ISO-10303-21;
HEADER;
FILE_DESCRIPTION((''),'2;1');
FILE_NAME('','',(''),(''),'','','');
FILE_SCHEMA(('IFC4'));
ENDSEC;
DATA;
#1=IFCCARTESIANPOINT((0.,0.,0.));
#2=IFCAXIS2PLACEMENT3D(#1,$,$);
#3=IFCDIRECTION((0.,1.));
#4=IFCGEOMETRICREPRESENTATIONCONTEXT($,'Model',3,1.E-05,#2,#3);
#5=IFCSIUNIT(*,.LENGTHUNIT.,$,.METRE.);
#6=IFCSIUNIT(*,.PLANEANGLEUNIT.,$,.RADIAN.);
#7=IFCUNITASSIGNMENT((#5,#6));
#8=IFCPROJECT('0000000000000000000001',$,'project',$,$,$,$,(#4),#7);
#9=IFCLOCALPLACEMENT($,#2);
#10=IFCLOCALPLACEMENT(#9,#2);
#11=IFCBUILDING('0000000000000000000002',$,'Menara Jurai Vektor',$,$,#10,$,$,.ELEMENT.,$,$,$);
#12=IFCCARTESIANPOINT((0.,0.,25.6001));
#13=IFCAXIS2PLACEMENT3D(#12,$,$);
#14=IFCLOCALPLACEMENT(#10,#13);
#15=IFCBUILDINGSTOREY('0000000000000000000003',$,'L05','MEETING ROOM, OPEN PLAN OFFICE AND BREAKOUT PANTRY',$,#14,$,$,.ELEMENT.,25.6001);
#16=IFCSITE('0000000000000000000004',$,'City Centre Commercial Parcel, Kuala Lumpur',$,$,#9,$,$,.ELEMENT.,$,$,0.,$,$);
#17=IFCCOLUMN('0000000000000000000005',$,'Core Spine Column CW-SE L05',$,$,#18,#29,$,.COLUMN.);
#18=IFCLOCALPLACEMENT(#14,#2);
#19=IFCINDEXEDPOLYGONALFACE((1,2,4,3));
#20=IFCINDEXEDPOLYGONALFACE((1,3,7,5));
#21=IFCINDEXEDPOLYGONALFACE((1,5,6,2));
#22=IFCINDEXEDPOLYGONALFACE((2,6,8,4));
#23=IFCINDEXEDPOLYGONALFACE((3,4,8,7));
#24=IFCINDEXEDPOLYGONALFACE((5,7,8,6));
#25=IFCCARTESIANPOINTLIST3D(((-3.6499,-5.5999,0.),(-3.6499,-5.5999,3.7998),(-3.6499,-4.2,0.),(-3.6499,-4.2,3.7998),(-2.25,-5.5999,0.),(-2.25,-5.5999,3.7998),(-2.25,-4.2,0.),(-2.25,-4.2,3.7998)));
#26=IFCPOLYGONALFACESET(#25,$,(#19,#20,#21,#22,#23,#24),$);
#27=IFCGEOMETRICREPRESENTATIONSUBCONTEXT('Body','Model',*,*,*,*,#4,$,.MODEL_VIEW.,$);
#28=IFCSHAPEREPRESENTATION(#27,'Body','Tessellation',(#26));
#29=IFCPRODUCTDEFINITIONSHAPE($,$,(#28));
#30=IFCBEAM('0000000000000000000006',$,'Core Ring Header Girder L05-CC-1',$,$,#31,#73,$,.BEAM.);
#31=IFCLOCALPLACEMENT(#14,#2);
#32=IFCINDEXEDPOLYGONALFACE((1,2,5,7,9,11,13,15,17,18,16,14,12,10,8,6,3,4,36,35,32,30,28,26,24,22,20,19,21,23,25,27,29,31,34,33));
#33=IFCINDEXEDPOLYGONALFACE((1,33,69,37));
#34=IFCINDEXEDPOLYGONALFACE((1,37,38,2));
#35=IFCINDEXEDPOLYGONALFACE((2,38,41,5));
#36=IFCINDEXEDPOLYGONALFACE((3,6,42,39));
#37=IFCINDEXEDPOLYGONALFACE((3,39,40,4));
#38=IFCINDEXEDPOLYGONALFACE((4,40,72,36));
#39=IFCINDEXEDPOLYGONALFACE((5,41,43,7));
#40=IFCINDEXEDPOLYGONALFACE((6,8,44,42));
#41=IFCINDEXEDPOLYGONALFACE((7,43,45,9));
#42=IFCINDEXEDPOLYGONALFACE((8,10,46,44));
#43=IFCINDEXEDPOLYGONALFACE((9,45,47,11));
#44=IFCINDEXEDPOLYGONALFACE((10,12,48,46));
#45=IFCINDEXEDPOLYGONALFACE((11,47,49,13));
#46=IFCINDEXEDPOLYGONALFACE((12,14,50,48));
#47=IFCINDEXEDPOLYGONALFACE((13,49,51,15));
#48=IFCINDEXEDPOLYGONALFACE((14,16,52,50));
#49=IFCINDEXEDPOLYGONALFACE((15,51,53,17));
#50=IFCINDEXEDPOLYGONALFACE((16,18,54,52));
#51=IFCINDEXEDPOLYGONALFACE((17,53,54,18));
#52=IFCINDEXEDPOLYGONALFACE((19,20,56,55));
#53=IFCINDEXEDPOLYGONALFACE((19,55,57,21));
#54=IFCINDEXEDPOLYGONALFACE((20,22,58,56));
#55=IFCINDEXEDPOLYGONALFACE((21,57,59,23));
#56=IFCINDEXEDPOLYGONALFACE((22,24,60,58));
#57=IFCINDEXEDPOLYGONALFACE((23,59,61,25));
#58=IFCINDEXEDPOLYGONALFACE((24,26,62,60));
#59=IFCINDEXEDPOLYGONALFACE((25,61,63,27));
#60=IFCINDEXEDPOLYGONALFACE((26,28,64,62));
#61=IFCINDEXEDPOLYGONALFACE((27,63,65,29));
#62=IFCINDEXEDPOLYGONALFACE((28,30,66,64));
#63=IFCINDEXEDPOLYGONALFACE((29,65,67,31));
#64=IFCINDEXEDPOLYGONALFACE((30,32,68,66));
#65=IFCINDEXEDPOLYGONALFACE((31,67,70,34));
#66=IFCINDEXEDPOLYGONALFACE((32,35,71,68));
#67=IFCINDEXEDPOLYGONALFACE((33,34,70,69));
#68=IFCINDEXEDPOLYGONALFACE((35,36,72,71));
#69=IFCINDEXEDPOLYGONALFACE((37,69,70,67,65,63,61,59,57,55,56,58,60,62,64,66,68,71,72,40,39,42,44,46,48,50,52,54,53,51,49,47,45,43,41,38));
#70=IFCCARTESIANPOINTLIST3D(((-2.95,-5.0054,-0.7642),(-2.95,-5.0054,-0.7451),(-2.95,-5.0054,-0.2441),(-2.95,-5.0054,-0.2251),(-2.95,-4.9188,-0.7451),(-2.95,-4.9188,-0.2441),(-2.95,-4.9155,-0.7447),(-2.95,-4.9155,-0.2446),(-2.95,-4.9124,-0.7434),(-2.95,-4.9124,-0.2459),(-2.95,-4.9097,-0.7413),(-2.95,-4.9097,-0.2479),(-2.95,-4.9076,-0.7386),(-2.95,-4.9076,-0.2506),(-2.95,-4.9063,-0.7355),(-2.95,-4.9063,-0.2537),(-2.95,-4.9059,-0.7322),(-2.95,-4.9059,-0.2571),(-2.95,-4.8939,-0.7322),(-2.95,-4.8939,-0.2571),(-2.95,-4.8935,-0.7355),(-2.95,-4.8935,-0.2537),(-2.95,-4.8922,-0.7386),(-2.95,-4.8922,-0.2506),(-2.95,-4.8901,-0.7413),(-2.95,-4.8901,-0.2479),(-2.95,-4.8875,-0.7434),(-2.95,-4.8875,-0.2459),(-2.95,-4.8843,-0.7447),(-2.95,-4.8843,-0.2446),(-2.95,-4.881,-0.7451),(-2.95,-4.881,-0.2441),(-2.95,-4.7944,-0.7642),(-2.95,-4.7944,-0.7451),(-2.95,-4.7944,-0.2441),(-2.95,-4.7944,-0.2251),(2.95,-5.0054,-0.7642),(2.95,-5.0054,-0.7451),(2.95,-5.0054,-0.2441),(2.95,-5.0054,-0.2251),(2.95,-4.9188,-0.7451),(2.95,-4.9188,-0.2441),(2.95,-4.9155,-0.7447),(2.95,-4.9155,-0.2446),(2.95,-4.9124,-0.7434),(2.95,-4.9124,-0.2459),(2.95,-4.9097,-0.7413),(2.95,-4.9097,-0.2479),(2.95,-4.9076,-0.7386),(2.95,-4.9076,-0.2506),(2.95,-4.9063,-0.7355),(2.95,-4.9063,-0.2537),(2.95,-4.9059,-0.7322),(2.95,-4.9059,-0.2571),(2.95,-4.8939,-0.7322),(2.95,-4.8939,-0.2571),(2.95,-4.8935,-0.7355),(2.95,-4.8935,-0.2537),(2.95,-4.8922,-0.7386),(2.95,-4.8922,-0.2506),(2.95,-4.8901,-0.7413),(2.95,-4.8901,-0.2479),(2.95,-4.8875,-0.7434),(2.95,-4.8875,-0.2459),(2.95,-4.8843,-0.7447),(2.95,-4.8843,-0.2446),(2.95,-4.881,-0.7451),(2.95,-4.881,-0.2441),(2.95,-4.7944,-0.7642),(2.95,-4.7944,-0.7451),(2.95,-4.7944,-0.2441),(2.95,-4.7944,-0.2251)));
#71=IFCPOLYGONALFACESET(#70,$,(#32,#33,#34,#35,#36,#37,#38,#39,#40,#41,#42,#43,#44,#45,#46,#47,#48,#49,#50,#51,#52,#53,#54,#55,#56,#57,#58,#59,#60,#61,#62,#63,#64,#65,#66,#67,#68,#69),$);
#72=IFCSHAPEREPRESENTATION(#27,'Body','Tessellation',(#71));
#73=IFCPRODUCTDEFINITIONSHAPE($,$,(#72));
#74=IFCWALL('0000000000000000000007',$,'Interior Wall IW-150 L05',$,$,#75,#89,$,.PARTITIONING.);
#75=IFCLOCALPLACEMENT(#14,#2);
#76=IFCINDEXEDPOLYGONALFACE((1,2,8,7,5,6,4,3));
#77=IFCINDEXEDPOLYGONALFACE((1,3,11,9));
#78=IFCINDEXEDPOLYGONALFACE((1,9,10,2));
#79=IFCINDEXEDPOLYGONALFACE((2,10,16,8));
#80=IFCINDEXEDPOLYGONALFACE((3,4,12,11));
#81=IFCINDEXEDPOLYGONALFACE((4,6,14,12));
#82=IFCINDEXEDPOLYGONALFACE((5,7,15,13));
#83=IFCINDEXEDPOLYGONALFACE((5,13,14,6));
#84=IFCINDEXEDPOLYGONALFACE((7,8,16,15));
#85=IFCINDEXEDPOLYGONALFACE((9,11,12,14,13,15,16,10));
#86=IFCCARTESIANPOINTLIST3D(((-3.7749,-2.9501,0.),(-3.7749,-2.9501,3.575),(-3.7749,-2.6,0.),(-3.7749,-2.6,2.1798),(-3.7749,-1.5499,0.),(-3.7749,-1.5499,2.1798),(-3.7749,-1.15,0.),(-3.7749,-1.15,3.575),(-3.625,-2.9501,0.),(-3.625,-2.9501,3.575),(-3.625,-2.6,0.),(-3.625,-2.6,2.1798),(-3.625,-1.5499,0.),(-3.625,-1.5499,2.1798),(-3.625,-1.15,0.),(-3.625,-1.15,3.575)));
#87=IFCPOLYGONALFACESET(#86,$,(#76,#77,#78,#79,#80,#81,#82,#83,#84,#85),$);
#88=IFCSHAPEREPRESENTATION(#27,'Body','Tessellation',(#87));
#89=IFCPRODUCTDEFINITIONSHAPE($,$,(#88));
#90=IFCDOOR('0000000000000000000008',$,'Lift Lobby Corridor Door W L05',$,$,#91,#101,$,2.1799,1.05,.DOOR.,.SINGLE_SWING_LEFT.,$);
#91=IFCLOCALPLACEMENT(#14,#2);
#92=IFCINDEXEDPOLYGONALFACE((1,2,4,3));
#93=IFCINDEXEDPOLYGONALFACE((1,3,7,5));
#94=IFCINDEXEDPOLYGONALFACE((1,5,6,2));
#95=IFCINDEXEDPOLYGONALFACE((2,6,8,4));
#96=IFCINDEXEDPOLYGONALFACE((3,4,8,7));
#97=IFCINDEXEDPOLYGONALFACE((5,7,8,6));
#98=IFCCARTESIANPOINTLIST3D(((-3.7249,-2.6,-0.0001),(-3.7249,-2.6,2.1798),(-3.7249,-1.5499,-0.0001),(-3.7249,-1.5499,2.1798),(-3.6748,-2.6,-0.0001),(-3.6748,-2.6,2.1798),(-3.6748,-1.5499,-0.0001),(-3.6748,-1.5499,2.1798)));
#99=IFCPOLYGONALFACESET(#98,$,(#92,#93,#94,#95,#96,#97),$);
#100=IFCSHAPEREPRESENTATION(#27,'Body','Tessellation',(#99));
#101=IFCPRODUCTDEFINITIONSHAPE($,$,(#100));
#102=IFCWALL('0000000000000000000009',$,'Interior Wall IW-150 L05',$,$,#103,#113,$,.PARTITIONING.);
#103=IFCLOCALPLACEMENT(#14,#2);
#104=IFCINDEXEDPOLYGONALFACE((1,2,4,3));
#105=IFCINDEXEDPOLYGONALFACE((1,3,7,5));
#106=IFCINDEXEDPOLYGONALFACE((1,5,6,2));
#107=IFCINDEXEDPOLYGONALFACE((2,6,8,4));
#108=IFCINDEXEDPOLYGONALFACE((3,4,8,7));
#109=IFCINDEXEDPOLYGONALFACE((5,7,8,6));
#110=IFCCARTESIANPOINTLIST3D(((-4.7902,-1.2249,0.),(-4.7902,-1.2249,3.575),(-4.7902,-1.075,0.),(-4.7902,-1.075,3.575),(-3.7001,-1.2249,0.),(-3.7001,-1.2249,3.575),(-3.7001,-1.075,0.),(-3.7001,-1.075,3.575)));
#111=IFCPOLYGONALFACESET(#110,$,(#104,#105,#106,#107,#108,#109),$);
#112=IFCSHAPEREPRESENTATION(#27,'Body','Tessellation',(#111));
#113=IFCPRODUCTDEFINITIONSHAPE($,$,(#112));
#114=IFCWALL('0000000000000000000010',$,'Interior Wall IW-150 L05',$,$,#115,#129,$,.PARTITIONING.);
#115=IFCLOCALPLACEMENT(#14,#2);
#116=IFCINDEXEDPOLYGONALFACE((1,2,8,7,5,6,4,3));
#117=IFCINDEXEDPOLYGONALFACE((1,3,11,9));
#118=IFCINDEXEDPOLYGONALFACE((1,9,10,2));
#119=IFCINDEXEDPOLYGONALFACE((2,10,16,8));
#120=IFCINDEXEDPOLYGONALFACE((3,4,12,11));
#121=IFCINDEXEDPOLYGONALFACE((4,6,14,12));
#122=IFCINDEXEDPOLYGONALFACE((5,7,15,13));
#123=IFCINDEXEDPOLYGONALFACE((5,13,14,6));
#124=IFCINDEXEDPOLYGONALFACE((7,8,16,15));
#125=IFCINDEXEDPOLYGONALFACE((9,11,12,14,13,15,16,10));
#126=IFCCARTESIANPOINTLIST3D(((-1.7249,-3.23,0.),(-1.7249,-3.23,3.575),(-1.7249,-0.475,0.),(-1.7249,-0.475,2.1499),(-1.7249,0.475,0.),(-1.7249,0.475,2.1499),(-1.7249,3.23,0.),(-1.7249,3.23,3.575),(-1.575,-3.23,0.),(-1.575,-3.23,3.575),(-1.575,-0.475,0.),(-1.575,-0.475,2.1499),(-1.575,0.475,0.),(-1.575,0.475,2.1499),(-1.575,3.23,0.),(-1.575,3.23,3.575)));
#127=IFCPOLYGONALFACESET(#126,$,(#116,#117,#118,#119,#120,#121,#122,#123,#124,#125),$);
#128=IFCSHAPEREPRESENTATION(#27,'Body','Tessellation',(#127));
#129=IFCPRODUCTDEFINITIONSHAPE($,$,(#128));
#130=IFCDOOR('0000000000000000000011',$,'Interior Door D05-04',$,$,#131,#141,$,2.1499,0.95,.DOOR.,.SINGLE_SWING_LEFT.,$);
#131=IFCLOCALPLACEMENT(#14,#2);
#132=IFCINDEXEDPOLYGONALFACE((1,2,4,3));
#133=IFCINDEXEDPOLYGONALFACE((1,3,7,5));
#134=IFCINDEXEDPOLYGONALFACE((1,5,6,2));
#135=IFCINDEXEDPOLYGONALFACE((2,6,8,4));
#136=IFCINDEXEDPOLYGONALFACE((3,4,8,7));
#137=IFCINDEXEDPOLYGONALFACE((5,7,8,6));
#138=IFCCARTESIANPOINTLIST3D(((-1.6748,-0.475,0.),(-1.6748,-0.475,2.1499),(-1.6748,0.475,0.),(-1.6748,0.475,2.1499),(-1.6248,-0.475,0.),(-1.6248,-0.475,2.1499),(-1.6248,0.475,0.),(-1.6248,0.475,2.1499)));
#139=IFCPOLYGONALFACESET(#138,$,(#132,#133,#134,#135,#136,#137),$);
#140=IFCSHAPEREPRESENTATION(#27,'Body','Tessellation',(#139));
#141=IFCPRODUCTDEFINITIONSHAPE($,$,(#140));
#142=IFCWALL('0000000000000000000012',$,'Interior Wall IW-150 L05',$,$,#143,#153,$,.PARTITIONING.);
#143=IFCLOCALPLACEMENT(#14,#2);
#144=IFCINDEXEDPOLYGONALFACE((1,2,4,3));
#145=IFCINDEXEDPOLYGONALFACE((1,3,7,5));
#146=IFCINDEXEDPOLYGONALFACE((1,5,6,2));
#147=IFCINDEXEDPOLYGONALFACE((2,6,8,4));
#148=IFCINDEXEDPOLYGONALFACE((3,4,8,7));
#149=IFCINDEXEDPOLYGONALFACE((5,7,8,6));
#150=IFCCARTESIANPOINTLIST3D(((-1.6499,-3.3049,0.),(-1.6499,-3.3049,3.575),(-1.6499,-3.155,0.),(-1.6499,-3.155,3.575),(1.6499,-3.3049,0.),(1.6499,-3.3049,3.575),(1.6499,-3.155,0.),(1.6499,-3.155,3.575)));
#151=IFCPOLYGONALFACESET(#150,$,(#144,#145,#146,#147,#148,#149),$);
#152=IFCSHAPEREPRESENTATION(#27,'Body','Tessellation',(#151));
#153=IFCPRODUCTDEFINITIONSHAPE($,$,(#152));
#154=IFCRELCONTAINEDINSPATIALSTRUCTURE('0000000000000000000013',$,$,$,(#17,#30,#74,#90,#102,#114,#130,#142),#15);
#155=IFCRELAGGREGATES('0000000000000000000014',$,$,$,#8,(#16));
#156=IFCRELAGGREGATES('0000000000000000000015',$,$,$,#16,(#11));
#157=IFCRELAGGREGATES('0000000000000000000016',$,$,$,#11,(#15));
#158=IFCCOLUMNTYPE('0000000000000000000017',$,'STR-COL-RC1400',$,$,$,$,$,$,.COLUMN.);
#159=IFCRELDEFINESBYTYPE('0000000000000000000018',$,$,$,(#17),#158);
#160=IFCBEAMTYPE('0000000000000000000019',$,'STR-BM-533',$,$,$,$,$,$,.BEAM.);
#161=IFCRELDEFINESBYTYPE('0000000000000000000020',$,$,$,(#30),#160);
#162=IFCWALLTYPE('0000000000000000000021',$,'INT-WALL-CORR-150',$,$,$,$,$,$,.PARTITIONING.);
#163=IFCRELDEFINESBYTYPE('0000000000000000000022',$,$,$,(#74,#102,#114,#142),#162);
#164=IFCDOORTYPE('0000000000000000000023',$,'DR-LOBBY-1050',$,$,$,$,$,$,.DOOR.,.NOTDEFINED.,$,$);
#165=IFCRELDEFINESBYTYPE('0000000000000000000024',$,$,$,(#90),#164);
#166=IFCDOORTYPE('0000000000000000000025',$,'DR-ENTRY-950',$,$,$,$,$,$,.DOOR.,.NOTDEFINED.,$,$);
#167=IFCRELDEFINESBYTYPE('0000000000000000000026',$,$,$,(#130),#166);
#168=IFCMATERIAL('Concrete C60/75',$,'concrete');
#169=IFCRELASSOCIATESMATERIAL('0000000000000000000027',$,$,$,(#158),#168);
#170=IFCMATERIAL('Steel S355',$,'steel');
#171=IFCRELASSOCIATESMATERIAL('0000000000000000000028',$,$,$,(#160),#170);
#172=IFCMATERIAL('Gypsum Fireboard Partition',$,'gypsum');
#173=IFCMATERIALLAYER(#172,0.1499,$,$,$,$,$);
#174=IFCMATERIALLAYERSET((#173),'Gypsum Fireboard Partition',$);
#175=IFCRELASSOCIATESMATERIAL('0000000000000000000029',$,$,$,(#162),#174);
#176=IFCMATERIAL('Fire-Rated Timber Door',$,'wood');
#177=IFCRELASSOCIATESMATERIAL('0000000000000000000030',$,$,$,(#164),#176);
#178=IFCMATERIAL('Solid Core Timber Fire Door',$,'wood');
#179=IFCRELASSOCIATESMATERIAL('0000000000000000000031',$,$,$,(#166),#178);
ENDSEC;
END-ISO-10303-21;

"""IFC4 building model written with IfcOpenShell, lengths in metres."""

from ifc_helpers import new_model, si_unit, direction, frame, frame_2d, origin, origin_2d, place, context, subcontext, project, spatial, rectangle, i_section, extrude, material, layer, layer_set, material_profile, profile_set, type_object, element, fill, save


model = new_model("IFC4")

# Units and contexts
model_context = context("Model", 3, precision=1e-05, world=origin(), true_north=direction((0.0, 1.0)))
body_context = subcontext(model_context, "Body", "Model", "MODEL_VIEW")
ifc_project = project(units=[si_unit("LENGTHUNIT", "METRE"), si_unit("PLANEANGLEUNIT", "RADIAN")], contexts=[model_context])

# Site, building, storey
site_placement = place(None, origin())
site = spatial("IfcSite", under=ifc_project, at=site_placement, Name="City Centre Commercial Parcel, Kuala Lumpur", CompositionType="ELEMENT", RefElevation=0.0)
building_placement = place(site_placement, origin())
building = spatial("IfcBuilding", under=site, at=building_placement, Name="Menara Jurai Vektor", CompositionType="ELEMENT")
storey_placement = place(building_placement, frame((0.0, 0.0, 25.6001)))
storey = spatial("IfcBuildingStorey", under=building, at=storey_placement, Name="L05", Description="MEETING ROOM, OPEN PLAN OFFICE AND BREAKOUT PANTRY", CompositionType="ELEMENT", Elevation=25.6001)

# Column
ifc_material_1 = material(Name="Concrete C60/75", Category="concrete")
ifc_material_profile_1 = material_profile(ifc_material_1, rectangle(XDim=1.3999, YDim=1.3999, at=origin_2d()), Name="RC 1400x1400")
ifc_profile_set_1 = profile_set([ifc_material_profile_1], Name="Concrete C60/75")
column_type = type_object("IfcColumnType", Name="STR-COL-RC1400", PredefinedType="COLUMN", material=ifc_profile_set_1)
column_placement = place(storey_placement, frame((-2.95, -4.8999, 0.0), z_axis=(0.0, 0.0, 1.0), x_axis=(1.0, 0.0, 0.0)))
element("IfcColumn", 1, at=column_placement, inside=storey, type_object=column_type, Name="Core Spine Column CW-SE L05", PredefinedType="COLUMN", context=body_context, shape_type="SweptSolid", body=[
    extrude(rectangle(XDim=1.3999, YDim=1.3999, at=origin_2d()), origin(), (0.0, 0.0, 1.0), 3.7998),
])

# Beam
ifc_material_2 = material(Name="Steel S355", Category="steel")
ifc_material_profile_2 = material_profile(ifc_material_2, i_section(OverallWidth=0.2109, OverallDepth=0.5391, WebThickness=0.012, FlangeThickness=0.019, FilletRadius=0.0129, at=origin_2d()), Name="UKB 533x210x109")
ifc_profile_set_2 = profile_set([ifc_material_profile_2], Name="Steel S355")
beam_type = type_object("IfcBeamType", Name="STR-BM-533", PredefinedType="BEAM", material=ifc_profile_set_2)
beam_placement = place(storey_placement, frame((-2.95, -4.8999, -0.4946), z_axis=(1.0, 0.0, 0.0), x_axis=(0.0, 1.0, 0.0)))
element("IfcBeam", 2, at=beam_placement, inside=storey, type_object=beam_type, Name="Core Ring Header Girder L05-CC-1", PredefinedType="BEAM", context=body_context, shape_type="SweptSolid", body=[
    extrude(i_section(OverallWidth=0.2109, OverallDepth=0.5391, WebThickness=0.012, FlangeThickness=0.019, FilletRadius=0.0129, at=origin_2d()), origin(), (0.0, 0.0, 1.0), 5.8999),
])

# Wall, opening, door
ifc_material_3 = material(Name="Gypsum Fireboard Partition", Category="gypsum")
ifc_layer_1 = layer(ifc_material_3, 0.1499)
ifc_layer_set_1 = layer_set([ifc_layer_1], Name="Gypsum Fireboard Partition")
wall_type_1 = type_object("IfcWallType", Name="INT-WALL-CORR-150", PredefinedType="PARTITIONING", material=ifc_layer_set_1)
wall_1_placement = place(storey_placement, frame((-3.7, -2.95, 0.0), z_axis=(0.0, 0.0, 1.0), x_axis=(0.0, 1.0, 0.0)))
wall_1 = element("IfcWall", 3, at=wall_1_placement, inside=storey, type_object=wall_type_1, Name="Interior Wall IW-150 L05", PredefinedType="PARTITIONING", context=body_context, shape_type="SweptSolid", body=[
    extrude(rectangle(XDim=1.8, YDim=0.1499, at=frame_2d((0.8999, 0.0))), origin(), (0.0, 0.0, 1.0), 3.575),
])
opening_1_placement = place(wall_1_placement, frame((0.3501, 0.0, 0.0)))
opening_1 = element("IfcOpeningElement", 4, at=opening_1_placement, cuts=wall_1, PredefinedType="OPENING", context=body_context, shape_type="SweptSolid", body=[
    extrude(rectangle(XDim=1.05, YDim=2.1799, at=frame_2d((0.5249, 1.0898))), frame((0.0, 0.085, 0.0), z_axis=(0.0, -1.0, 0.0), x_axis=(1.0, 0.0, 0.0)), (0.0, 0.0, 1.0), 0.1699),
])
ifc_material_4 = material(Name="Fire-Rated Timber Door", Category="wood")
door_type_1 = type_object("IfcDoorType", Name="DR-LOBBY-1050", OperationType="NOTDEFINED", PredefinedType="DOOR", material=ifc_material_4)
door_1_placement = place(opening_1_placement, origin())
door_1 = element("IfcDoor", 5, at=door_1_placement, inside=storey, type_object=door_type_1, Name="Lift Lobby Corridor Door W L05", OperationType="SINGLE_SWING_LEFT", OverallHeight=2.1799, OverallWidth=1.05, PredefinedType="DOOR", context=body_context, shape_type="SweptSolid", body=[
    extrude(rectangle(XDim=1.05, YDim=2.1799, at=frame_2d((0.5249, 1.0898))), frame((0.0, 0.0249, 0.0), z_axis=(0.0, -1.0, 0.0), x_axis=(1.0, 0.0, 0.0)), (0.0, 0.0, 1.0), 0.05),
])
fill(opening_1, door_1)

# Wall
wall_2_placement = place(storey_placement, frame((-4.79, -1.1499, 0.0), z_axis=(0.0, 0.0, 1.0), x_axis=(1.0, 0.0, 0.0)))
element("IfcWall", 6, at=wall_2_placement, inside=storey, type_object=wall_type_1, Name="Interior Wall IW-150 L05", PredefinedType="PARTITIONING", context=body_context, shape_type="SweptSolid", body=[
    extrude(rectangle(XDim=1.0901, YDim=0.1499, at=frame_2d((0.5449, 0.0))), origin(), (0.0, 0.0, 1.0), 3.575),
])

# Wall, opening, door
wall_3_placement = place(storey_placement, frame((-1.6499, -3.23, 0.0), z_axis=(0.0, 0.0, 1.0), x_axis=(0.0, 1.0, 0.0)))
wall_3 = element("IfcWall", 7, at=wall_3_placement, inside=storey, type_object=wall_type_1, Name="Interior Wall IW-150 L05", PredefinedType="PARTITIONING", context=body_context, shape_type="SweptSolid", body=[
    extrude(rectangle(XDim=6.46, YDim=0.1499, at=frame_2d((3.23, 0.0))), origin(), (0.0, 0.0, 1.0), 3.575),
])
opening_2_placement = place(wall_3_placement, frame((2.7549, 0.0, 0.0)))
opening_2 = element("IfcOpeningElement", 8, at=opening_2_placement, cuts=wall_3, PredefinedType="OPENING", context=body_context, shape_type="SweptSolid", body=[
    extrude(rectangle(XDim=0.95, YDim=2.1499, at=frame_2d((0.4751, 1.075))), frame((0.0, 0.085, 0.0), z_axis=(0.0, -1.0, 0.0), x_axis=(1.0, 0.0, 0.0)), (0.0, 0.0, 1.0), 0.1699),
])
ifc_material_5 = material(Name="Solid Core Timber Fire Door", Category="wood")
door_type_2 = type_object("IfcDoorType", Name="DR-ENTRY-950", OperationType="NOTDEFINED", PredefinedType="DOOR", material=ifc_material_5)
door_2_placement = place(opening_2_placement, origin())
door_2 = element("IfcDoor", 9, at=door_2_placement, inside=storey, type_object=door_type_2, Name="Interior Door D05-04", OperationType="SINGLE_SWING_LEFT", OverallHeight=2.1499, OverallWidth=0.95, PredefinedType="DOOR", context=body_context, shape_type="SweptSolid", body=[
    extrude(rectangle(XDim=0.95, YDim=2.1499, at=frame_2d((0.4751, 1.075))), frame((0.0, 0.0249, 0.0), z_axis=(0.0, -1.0, 0.0), x_axis=(1.0, 0.0, 0.0)), (0.0, 0.0, 1.0), 0.05),
])
fill(opening_2, door_2)

# Wall
wall_4_placement = place(storey_placement, frame((-1.6499, -3.23, 0.0), z_axis=(0.0, 0.0, 1.0), x_axis=(1.0, 0.0, 0.0)))
element("IfcWall", 10, at=wall_4_placement, inside=storey, type_object=wall_type_1, Name="Interior Wall IW-150 L05", PredefinedType="PARTITIONING", context=body_context, shape_type="SweptSolid", body=[
    extrude(rectangle(XDim=3.2998, YDim=0.1499, at=frame_2d((1.6499, 0.0))), origin(), (0.0, 0.0, 1.0), 3.575),
])

save(model, "model.ifc")
